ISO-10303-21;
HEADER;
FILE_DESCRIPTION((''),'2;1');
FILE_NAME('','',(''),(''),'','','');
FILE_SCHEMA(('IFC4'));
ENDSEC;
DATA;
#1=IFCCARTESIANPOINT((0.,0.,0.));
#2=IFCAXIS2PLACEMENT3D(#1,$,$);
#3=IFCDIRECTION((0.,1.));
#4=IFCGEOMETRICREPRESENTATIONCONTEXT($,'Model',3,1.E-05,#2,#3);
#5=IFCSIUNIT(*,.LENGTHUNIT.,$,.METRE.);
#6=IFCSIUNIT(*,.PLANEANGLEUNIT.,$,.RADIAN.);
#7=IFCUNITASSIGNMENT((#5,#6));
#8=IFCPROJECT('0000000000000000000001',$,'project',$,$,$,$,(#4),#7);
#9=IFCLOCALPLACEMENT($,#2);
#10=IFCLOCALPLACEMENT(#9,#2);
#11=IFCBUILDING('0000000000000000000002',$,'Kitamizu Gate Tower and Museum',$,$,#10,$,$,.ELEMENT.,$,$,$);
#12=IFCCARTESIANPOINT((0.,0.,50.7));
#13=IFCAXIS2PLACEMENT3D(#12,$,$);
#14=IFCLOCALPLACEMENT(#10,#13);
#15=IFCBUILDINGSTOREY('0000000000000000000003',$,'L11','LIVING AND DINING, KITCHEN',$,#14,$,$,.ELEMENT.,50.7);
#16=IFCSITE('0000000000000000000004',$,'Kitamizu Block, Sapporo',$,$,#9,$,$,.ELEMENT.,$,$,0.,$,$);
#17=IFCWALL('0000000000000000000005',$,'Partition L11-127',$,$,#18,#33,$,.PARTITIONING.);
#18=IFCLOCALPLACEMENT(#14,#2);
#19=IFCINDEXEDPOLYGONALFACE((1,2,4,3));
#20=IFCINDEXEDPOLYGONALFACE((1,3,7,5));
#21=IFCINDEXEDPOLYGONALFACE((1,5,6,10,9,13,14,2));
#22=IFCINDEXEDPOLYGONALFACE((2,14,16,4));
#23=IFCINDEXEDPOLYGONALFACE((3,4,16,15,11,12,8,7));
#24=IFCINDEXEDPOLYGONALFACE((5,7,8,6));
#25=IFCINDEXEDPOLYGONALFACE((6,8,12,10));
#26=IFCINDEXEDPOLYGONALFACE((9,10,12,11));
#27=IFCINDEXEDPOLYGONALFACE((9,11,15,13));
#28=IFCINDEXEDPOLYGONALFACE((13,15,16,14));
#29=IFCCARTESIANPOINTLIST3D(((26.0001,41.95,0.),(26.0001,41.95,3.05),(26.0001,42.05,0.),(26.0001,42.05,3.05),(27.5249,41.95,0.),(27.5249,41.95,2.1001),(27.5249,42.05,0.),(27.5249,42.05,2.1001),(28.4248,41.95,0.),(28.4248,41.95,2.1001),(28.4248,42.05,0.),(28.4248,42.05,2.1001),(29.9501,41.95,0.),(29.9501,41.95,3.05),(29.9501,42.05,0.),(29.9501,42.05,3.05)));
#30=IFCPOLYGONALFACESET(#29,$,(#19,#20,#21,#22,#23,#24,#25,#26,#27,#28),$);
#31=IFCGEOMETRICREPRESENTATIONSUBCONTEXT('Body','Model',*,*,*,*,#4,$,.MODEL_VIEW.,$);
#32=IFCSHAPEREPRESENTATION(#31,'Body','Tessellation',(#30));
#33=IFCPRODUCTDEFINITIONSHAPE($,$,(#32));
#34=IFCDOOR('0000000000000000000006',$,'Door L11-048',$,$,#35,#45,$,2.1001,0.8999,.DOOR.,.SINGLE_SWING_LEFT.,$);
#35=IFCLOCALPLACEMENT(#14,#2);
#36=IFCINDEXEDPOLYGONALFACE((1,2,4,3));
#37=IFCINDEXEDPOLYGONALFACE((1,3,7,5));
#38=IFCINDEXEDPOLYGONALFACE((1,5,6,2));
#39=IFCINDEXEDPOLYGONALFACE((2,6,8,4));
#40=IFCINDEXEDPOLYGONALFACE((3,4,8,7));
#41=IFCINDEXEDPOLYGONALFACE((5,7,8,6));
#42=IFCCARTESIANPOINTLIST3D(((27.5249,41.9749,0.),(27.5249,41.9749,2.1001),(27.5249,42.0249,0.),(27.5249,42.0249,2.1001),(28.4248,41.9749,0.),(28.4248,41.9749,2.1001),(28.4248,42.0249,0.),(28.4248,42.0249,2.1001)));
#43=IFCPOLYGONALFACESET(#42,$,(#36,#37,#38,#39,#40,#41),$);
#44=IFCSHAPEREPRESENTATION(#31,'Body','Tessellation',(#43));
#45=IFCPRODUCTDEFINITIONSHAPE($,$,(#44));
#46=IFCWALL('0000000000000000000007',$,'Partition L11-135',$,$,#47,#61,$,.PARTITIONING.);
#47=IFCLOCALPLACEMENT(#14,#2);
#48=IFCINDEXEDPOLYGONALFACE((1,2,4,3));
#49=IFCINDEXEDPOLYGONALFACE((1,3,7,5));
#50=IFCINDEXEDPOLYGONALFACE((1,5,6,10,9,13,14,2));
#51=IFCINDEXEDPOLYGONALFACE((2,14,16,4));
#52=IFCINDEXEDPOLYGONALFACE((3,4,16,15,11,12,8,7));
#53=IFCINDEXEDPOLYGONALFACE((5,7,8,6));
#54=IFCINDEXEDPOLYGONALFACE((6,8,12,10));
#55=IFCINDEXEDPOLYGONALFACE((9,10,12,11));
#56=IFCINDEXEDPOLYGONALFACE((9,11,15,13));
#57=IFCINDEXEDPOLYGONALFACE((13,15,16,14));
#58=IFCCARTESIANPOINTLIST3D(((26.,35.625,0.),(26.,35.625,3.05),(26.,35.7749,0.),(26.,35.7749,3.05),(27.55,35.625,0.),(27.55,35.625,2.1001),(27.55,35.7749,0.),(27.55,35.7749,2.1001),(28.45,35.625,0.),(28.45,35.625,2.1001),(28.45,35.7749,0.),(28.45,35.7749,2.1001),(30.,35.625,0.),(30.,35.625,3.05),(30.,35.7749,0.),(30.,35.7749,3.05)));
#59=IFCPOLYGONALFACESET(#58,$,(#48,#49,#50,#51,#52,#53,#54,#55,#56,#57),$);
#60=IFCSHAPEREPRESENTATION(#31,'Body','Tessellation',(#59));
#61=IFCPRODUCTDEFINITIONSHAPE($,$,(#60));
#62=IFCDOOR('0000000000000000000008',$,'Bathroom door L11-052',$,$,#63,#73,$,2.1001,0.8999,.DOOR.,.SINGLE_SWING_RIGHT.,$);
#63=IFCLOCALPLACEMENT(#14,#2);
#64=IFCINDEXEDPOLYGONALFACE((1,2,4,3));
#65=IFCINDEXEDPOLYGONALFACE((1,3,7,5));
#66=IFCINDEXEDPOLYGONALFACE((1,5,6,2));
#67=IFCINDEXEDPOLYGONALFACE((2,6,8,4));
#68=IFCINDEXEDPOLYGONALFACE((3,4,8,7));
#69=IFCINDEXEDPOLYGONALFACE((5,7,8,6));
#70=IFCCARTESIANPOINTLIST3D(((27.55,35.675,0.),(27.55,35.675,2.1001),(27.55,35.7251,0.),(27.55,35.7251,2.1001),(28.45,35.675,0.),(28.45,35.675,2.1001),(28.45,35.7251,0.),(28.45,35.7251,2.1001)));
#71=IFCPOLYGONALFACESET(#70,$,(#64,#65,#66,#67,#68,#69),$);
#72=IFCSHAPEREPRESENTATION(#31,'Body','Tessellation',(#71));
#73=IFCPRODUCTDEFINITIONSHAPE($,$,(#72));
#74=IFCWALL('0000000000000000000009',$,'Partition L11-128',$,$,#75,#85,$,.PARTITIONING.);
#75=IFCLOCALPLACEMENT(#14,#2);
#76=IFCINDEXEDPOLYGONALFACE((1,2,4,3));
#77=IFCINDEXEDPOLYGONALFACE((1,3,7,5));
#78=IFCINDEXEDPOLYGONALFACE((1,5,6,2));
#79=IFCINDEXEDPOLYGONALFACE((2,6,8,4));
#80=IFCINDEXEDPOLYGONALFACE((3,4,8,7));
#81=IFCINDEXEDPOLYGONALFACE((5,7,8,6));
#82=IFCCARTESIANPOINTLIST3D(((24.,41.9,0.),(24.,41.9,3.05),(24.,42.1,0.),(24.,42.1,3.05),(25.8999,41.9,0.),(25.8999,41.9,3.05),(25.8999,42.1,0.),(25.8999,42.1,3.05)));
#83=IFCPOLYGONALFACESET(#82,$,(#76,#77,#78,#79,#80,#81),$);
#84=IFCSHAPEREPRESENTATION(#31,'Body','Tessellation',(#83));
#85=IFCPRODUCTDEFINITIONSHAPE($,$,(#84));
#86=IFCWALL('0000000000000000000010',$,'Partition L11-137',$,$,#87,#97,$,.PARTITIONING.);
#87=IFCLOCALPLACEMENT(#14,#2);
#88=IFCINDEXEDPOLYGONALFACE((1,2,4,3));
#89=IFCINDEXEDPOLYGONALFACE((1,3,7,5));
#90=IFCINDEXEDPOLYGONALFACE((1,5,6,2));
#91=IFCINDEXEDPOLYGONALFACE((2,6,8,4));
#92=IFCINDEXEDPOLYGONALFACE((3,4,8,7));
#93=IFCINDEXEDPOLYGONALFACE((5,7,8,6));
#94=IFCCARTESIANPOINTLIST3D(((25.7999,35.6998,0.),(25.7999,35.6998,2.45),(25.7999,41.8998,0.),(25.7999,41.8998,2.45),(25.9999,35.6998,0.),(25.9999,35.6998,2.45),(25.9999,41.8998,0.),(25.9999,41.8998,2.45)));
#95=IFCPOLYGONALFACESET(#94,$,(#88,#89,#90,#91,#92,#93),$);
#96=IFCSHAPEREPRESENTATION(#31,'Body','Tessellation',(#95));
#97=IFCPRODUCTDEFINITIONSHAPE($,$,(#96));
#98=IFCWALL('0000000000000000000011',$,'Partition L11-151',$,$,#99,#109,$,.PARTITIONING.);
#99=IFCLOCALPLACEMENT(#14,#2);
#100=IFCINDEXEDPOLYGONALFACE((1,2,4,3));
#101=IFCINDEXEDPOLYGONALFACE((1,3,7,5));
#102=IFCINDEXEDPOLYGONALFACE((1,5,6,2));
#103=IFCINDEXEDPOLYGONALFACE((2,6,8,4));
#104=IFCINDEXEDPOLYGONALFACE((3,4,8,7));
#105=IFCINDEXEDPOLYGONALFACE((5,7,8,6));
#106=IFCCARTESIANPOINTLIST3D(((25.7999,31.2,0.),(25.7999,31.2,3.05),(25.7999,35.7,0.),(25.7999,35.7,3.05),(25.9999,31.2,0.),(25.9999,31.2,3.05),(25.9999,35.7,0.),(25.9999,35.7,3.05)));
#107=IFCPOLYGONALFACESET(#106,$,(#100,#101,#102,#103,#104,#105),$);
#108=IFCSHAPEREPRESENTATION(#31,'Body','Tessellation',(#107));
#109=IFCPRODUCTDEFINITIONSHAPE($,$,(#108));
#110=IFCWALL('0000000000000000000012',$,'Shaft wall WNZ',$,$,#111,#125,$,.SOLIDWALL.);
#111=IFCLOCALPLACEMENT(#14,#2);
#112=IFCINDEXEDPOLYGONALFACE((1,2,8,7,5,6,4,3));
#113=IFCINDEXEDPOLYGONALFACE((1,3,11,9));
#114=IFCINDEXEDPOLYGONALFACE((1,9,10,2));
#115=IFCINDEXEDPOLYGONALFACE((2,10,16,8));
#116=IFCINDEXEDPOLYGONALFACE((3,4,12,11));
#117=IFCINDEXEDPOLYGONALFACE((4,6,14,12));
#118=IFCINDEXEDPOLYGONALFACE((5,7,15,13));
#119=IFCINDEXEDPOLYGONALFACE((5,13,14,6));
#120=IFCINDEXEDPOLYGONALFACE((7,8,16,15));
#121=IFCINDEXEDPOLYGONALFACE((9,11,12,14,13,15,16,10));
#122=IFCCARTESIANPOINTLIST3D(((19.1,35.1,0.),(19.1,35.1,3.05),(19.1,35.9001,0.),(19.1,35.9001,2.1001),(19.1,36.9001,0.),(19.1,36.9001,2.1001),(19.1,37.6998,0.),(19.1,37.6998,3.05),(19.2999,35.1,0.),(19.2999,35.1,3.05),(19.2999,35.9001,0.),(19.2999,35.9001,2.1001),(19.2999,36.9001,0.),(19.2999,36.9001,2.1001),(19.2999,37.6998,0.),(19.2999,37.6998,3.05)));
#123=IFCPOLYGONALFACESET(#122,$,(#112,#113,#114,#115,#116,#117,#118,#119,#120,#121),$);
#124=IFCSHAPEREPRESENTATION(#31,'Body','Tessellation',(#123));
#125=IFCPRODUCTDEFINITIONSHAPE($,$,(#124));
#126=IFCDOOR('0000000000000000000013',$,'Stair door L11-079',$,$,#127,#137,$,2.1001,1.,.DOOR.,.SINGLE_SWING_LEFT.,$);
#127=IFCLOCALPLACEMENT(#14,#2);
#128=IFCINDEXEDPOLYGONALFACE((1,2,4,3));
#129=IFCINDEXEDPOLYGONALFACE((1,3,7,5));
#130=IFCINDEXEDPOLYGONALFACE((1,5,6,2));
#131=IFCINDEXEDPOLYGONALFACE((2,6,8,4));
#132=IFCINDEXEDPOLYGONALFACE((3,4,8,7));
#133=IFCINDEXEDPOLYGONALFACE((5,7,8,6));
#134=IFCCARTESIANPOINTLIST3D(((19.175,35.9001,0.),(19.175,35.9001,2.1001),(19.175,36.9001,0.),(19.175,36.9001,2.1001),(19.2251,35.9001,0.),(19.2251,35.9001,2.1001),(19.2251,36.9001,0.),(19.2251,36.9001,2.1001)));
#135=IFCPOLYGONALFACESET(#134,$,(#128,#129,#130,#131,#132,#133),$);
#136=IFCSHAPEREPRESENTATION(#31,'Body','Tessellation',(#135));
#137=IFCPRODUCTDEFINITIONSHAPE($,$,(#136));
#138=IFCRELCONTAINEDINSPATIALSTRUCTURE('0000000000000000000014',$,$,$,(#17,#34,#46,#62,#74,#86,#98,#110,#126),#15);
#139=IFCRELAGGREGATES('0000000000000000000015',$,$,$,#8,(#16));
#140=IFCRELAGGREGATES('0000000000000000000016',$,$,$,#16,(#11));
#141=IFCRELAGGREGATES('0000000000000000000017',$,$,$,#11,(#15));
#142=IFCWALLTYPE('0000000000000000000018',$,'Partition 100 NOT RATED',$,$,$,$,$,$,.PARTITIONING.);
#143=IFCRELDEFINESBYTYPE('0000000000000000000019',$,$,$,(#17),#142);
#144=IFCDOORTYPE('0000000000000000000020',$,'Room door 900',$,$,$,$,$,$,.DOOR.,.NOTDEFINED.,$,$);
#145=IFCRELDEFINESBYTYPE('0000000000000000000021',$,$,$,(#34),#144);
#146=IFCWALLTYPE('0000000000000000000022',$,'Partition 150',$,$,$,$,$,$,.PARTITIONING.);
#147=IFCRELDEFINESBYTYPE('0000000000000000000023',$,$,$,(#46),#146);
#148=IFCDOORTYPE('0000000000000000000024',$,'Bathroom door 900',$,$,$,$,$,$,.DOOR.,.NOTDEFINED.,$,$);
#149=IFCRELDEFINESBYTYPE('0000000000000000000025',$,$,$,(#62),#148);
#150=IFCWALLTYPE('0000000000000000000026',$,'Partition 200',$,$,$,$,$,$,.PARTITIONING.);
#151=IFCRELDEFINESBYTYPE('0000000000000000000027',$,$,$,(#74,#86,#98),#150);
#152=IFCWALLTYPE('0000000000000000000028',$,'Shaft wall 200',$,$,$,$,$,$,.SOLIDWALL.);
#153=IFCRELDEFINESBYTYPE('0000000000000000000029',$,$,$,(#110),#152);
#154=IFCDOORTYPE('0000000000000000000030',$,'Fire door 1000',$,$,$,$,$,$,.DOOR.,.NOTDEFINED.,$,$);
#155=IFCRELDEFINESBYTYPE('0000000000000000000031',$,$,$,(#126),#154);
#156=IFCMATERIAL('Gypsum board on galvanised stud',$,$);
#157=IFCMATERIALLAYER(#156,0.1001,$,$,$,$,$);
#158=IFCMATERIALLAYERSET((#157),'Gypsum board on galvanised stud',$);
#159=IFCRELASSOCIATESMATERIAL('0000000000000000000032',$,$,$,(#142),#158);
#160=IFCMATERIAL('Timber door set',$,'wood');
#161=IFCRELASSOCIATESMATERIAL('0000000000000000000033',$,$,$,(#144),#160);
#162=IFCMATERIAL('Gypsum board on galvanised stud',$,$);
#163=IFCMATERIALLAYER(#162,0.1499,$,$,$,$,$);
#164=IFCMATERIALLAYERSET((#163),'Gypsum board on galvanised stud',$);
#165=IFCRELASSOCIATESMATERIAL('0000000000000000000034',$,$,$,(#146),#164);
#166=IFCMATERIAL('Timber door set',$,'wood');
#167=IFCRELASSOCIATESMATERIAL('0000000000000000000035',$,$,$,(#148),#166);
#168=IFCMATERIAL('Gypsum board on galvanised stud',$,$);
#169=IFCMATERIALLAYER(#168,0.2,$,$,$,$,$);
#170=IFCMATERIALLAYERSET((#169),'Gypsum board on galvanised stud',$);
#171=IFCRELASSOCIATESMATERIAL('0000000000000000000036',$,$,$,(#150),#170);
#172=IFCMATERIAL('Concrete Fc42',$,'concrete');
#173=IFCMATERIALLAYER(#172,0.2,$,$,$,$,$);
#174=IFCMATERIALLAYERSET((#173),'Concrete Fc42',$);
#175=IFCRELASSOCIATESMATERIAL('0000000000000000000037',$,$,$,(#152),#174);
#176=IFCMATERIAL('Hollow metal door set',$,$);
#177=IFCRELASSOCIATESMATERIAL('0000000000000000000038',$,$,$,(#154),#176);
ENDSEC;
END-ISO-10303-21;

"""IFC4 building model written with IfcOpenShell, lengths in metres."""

from ifc_helpers import new_model, si_unit, direction, frame, frame_2d, origin, place, context, subcontext, project, spatial, rectangle, extrude, material, layer, layer_set, type_object, element, fill, save


model = new_model("IFC4")

# Units and contexts
model_context = context("Model", 3, precision=1e-05, world=origin(), true_north=direction((0.0, 1.0)))
body_context = subcontext(model_context, "Body", "Model", "MODEL_VIEW")
ifc_project = project(units=[si_unit("LENGTHUNIT", "METRE"), si_unit("PLANEANGLEUNIT", "RADIAN")], contexts=[model_context])

# Site, building, storey
site_placement = place(None, origin())
site = spatial("IfcSite", under=ifc_project, at=site_placement, Name="Kitamizu Block, Sapporo", CompositionType="ELEMENT", RefElevation=0.0)
building_placement = place(site_placement, origin())
building = spatial("IfcBuilding", under=site, at=building_placement, Name="Kitamizu Gate Tower and Museum", CompositionType="ELEMENT")
storey_placement = place(building_placement, frame((0.0, 0.0, 50.7)))
storey = spatial("IfcBuildingStorey", under=building, at=storey_placement, Name="L11", Description="LIVING AND DINING, KITCHEN", CompositionType="ELEMENT", Elevation=50.7)

# Walls, openings, doors
ifc_material_1 = material(Name="Gypsum board on galvanised stud")
ifc_layer_1 = layer(ifc_material_1, 0.1001)
ifc_layer_set_1 = layer_set([ifc_layer_1], Name="Gypsum board on galvanised stud")
wall_type_1 = type_object("IfcWallType", Name="Partition 100 NOT RATED", PredefinedType="PARTITIONING", material=ifc_layer_set_1)
ifc_material_2 = material(Name="Timber door set", Category="wood")
door_type_1 = type_object("IfcDoorType", Name="Room door 900", OperationType="NOTDEFINED", PredefinedType="DOOR", material=ifc_material_2)
wall_1_placement = place(storey_placement, frame((26.0, 42.0, 0.0), z_axis=(0.0, 0.0, 1.0), x_axis=(1.0, 0.0, 0.0)))
wall_1 = element("IfcWall", 1, at=wall_1_placement, inside=storey, type_object=wall_type_1, Name="Partition L11-127", PredefinedType="PARTITIONING", context=body_context, shape_type="SweptSolid", body=[
    extrude(rectangle(XDim=3.95, YDim=0.1001, at=frame_2d((1.9751, 0.0))), origin(), (0.0, 0.0, 1.0), 3.05),
])
opening_1_placement = place(wall_1_placement, frame((1.5249, 0.0, 0.0)))
opening_1 = element("IfcOpeningElement", 2, at=opening_1_placement, cuts=wall_1, PredefinedType="OPENING", context=body_context, shape_type="SweptSolid", body=[
    extrude(rectangle(XDim=0.8999, YDim=2.1001, at=frame_2d((0.45, 1.05))), frame((0.0, 0.0601, 0.0), z_axis=(0.0, -1.0, 0.0), x_axis=(1.0, 0.0, 0.0)), (0.0, 0.0, 1.0), 0.1201),
])
door_1_placement = place(opening_1_placement, origin())
door_1 = element("IfcDoor", 3, at=door_1_placement, inside=storey, type_object=door_type_1, Name="Door L11-048", OperationType="SINGLE_SWING_LEFT", OverallHeight=2.1001, OverallWidth=0.8999, PredefinedType="DOOR", context=body_context, shape_type="SweptSolid", body=[
    extrude(rectangle(XDim=0.8999, YDim=2.1001, at=frame_2d((0.45, 1.05))), frame((0.0, 0.0249, 0.0), z_axis=(0.0, -1.0, 0.0), x_axis=(1.0, 0.0, 0.0)), (0.0, 0.0, 1.0), 0.05),
])
fill(opening_1, door_1)
ifc_material_3 = material(Name="Gypsum board on galvanised stud")
ifc_layer_2 = layer(ifc_material_3, 0.1499)
ifc_layer_set_2 = layer_set([ifc_layer_2], Name="Gypsum board on galvanised stud")
wall_type_2 = type_object("IfcWallType", Name="Partition 150", PredefinedType="PARTITIONING", material=ifc_layer_set_2)
wall_2_placement = place(storey_placement, frame((26.0, 35.7, 0.0), z_axis=(0.0, 0.0, 1.0), x_axis=(1.0, 0.0, 0.0)))
wall_2 = element("IfcWall", 4, at=wall_2_placement, inside=storey, type_object=wall_type_2, Name="Partition L11-135", PredefinedType="PARTITIONING", context=body_context, shape_type="SweptSolid", body=[
    extrude(rectangle(XDim=4.0, YDim=0.1499, at=frame_2d((2.0, 0.0))), origin(), (0.0, 0.0, 1.0), 3.05),
])
opening_2_placement = place(wall_2_placement, frame((1.55, 0.0, 0.0)))
opening_2 = element("IfcOpeningElement", 5, at=opening_2_placement, cuts=wall_2, PredefinedType="OPENING", context=body_context, shape_type="SweptSolid", body=[
    extrude(rectangle(XDim=0.8999, YDim=2.1001, at=frame_2d((0.45, 1.05))), frame((0.0, 0.085, 0.0), z_axis=(0.0, -1.0, 0.0), x_axis=(1.0, 0.0, 0.0)), (0.0, 0.0, 1.0), 0.1699),
])
ifc_material_4 = material(Name="Timber door set", Category="wood")
door_type_2 = type_object("IfcDoorType", Name="Bathroom door 900", OperationType="NOTDEFINED", PredefinedType="DOOR", material=ifc_material_4)
door_2_placement = place(opening_2_placement, frame((0.8999, 0.0, 0.0), x_axis=(-1.0, 0.0, 0.0)))
door_2 = element("IfcDoor", 6, at=door_2_placement, inside=storey, type_object=door_type_2, Name="Bathroom door L11-052", OperationType="SINGLE_SWING_RIGHT", OverallHeight=2.1001, OverallWidth=0.8999, PredefinedType="DOOR", context=body_context, shape_type="SweptSolid", body=[
    extrude(rectangle(XDim=0.8999, YDim=2.1001, at=frame_2d((0.45, 1.05))), frame((0.0, 0.0249, 0.0), z_axis=(0.0, -1.0, 0.0), x_axis=(1.0, 0.0, 0.0)), (0.0, 0.0, 1.0), 0.05),
])
fill(opening_2, door_2)

# Walls
ifc_material_5 = material(Name="Gypsum board on galvanised stud")
ifc_layer_3 = layer(ifc_material_5, 0.2)
ifc_layer_set_3 = layer_set([ifc_layer_3], Name="Gypsum board on galvanised stud")
wall_type_3 = type_object("IfcWallType", Name="Partition 200", PredefinedType="PARTITIONING", material=ifc_layer_set_3)
wall_3_placement = place(storey_placement, frame((24.0, 42.0, 0.0), z_axis=(0.0, 0.0, 1.0), x_axis=(1.0, 0.0, 0.0)))
element("IfcWall", 7, at=wall_3_placement, inside=storey, type_object=wall_type_3, Name="Partition L11-128", PredefinedType="PARTITIONING", context=body_context, shape_type="SweptSolid", body=[
    extrude(rectangle(XDim=1.8999, YDim=0.2, at=frame_2d((0.95, 0.0))), origin(), (0.0, 0.0, 1.0), 3.05),
])
wall_4_placement = place(storey_placement, frame((25.8999, 41.8999, 0.0), z_axis=(0.0, 0.0, 1.0), x_axis=(0.0, -1.0, 0.0)))
element("IfcWall", 8, at=wall_4_placement, inside=storey, type_object=wall_type_3, Name="Partition L11-137", PredefinedType="PARTITIONING", context=body_context, shape_type="SweptSolid", body=[
    extrude(rectangle(XDim=6.2, YDim=0.2, at=frame_2d((3.1001, 0.0))), origin(), (0.0, 0.0, 1.0), 2.45),
])
wall_5_placement = place(storey_placement, frame((25.8999, 35.7, 0.0), z_axis=(0.0, 0.0, 1.0), x_axis=(0.0, -1.0, 0.0)))
element("IfcWall", 9, at=wall_5_placement, inside=storey, type_object=wall_type_3, Name="Partition L11-151", PredefinedType="PARTITIONING", context=body_context, shape_type="SweptSolid", body=[
    extrude(rectangle(XDim=4.5, YDim=0.2, at=frame_2d((2.25, 0.0))), origin(), (0.0, 0.0, 1.0), 3.05),
])

# Wall, opening, door
ifc_material_6 = material(Name="Concrete Fc42", Category="concrete")
ifc_layer_4 = layer(ifc_material_6, 0.2)
ifc_layer_set_4 = layer_set([ifc_layer_4], Name="Concrete Fc42")
wall_type_4 = type_object("IfcWallType", Name="Shaft wall 200", PredefinedType="SOLIDWALL", material=ifc_layer_set_4)
wall_6_placement = place(storey_placement, frame((19.2, 35.1001, 0.0), z_axis=(0.0, 0.0, 1.0), x_axis=(0.0, 1.0, 0.0)))
wall_6 = element("IfcWall", 10, at=wall_6_placement, inside=storey, type_object=wall_type_4, Name="Shaft wall WNZ", PredefinedType="SOLIDWALL", context=body_context, shape_type="SweptSolid", body=[
    extrude(rectangle(XDim=2.5999, YDim=0.2, at=frame_2d((1.2998, 0.0))), origin(), (0.0, 0.0, 1.0), 3.05),
])
opening_3_placement = place(wall_6_placement, frame((0.8, 0.0, 0.0)))
opening_3 = element("IfcOpeningElement", 11, at=opening_3_placement, cuts=wall_6, PredefinedType="OPENING", context=body_context, shape_type="SweptSolid", body=[
    extrude(rectangle(XDim=1.0, YDim=2.1001, at=frame_2d((0.5, 1.05))), frame((0.0, 0.1099, 0.0), z_axis=(0.0, -1.0, 0.0), x_axis=(1.0, 0.0, 0.0)), (0.0, 0.0, 1.0), 0.22),
])
ifc_material_7 = material(Name="Hollow metal door set")
door_type_3 = type_object("IfcDoorType", Name="Fire door 1000", OperationType="NOTDEFINED", PredefinedType="DOOR", material=ifc_material_7)
door_3_placement = place(opening_3_placement, origin())
door_3 = element("IfcDoor", 12, at=door_3_placement, inside=storey, type_object=door_type_3, Name="Stair door L11-079", OperationType="SINGLE_SWING_LEFT", OverallHeight=2.1001, OverallWidth=1.0, PredefinedType="DOOR", context=body_context, shape_type="SweptSolid", body=[
    extrude(rectangle(XDim=1.0, YDim=2.1001, at=frame_2d((0.5, 1.05))), frame((0.0, 0.0249, 0.0), z_axis=(0.0, -1.0, 0.0), x_axis=(1.0, 0.0, 0.0)), (0.0, 0.0, 1.0), 0.05),
])
fill(opening_3, door_3)

save(model, "model.ifc")
